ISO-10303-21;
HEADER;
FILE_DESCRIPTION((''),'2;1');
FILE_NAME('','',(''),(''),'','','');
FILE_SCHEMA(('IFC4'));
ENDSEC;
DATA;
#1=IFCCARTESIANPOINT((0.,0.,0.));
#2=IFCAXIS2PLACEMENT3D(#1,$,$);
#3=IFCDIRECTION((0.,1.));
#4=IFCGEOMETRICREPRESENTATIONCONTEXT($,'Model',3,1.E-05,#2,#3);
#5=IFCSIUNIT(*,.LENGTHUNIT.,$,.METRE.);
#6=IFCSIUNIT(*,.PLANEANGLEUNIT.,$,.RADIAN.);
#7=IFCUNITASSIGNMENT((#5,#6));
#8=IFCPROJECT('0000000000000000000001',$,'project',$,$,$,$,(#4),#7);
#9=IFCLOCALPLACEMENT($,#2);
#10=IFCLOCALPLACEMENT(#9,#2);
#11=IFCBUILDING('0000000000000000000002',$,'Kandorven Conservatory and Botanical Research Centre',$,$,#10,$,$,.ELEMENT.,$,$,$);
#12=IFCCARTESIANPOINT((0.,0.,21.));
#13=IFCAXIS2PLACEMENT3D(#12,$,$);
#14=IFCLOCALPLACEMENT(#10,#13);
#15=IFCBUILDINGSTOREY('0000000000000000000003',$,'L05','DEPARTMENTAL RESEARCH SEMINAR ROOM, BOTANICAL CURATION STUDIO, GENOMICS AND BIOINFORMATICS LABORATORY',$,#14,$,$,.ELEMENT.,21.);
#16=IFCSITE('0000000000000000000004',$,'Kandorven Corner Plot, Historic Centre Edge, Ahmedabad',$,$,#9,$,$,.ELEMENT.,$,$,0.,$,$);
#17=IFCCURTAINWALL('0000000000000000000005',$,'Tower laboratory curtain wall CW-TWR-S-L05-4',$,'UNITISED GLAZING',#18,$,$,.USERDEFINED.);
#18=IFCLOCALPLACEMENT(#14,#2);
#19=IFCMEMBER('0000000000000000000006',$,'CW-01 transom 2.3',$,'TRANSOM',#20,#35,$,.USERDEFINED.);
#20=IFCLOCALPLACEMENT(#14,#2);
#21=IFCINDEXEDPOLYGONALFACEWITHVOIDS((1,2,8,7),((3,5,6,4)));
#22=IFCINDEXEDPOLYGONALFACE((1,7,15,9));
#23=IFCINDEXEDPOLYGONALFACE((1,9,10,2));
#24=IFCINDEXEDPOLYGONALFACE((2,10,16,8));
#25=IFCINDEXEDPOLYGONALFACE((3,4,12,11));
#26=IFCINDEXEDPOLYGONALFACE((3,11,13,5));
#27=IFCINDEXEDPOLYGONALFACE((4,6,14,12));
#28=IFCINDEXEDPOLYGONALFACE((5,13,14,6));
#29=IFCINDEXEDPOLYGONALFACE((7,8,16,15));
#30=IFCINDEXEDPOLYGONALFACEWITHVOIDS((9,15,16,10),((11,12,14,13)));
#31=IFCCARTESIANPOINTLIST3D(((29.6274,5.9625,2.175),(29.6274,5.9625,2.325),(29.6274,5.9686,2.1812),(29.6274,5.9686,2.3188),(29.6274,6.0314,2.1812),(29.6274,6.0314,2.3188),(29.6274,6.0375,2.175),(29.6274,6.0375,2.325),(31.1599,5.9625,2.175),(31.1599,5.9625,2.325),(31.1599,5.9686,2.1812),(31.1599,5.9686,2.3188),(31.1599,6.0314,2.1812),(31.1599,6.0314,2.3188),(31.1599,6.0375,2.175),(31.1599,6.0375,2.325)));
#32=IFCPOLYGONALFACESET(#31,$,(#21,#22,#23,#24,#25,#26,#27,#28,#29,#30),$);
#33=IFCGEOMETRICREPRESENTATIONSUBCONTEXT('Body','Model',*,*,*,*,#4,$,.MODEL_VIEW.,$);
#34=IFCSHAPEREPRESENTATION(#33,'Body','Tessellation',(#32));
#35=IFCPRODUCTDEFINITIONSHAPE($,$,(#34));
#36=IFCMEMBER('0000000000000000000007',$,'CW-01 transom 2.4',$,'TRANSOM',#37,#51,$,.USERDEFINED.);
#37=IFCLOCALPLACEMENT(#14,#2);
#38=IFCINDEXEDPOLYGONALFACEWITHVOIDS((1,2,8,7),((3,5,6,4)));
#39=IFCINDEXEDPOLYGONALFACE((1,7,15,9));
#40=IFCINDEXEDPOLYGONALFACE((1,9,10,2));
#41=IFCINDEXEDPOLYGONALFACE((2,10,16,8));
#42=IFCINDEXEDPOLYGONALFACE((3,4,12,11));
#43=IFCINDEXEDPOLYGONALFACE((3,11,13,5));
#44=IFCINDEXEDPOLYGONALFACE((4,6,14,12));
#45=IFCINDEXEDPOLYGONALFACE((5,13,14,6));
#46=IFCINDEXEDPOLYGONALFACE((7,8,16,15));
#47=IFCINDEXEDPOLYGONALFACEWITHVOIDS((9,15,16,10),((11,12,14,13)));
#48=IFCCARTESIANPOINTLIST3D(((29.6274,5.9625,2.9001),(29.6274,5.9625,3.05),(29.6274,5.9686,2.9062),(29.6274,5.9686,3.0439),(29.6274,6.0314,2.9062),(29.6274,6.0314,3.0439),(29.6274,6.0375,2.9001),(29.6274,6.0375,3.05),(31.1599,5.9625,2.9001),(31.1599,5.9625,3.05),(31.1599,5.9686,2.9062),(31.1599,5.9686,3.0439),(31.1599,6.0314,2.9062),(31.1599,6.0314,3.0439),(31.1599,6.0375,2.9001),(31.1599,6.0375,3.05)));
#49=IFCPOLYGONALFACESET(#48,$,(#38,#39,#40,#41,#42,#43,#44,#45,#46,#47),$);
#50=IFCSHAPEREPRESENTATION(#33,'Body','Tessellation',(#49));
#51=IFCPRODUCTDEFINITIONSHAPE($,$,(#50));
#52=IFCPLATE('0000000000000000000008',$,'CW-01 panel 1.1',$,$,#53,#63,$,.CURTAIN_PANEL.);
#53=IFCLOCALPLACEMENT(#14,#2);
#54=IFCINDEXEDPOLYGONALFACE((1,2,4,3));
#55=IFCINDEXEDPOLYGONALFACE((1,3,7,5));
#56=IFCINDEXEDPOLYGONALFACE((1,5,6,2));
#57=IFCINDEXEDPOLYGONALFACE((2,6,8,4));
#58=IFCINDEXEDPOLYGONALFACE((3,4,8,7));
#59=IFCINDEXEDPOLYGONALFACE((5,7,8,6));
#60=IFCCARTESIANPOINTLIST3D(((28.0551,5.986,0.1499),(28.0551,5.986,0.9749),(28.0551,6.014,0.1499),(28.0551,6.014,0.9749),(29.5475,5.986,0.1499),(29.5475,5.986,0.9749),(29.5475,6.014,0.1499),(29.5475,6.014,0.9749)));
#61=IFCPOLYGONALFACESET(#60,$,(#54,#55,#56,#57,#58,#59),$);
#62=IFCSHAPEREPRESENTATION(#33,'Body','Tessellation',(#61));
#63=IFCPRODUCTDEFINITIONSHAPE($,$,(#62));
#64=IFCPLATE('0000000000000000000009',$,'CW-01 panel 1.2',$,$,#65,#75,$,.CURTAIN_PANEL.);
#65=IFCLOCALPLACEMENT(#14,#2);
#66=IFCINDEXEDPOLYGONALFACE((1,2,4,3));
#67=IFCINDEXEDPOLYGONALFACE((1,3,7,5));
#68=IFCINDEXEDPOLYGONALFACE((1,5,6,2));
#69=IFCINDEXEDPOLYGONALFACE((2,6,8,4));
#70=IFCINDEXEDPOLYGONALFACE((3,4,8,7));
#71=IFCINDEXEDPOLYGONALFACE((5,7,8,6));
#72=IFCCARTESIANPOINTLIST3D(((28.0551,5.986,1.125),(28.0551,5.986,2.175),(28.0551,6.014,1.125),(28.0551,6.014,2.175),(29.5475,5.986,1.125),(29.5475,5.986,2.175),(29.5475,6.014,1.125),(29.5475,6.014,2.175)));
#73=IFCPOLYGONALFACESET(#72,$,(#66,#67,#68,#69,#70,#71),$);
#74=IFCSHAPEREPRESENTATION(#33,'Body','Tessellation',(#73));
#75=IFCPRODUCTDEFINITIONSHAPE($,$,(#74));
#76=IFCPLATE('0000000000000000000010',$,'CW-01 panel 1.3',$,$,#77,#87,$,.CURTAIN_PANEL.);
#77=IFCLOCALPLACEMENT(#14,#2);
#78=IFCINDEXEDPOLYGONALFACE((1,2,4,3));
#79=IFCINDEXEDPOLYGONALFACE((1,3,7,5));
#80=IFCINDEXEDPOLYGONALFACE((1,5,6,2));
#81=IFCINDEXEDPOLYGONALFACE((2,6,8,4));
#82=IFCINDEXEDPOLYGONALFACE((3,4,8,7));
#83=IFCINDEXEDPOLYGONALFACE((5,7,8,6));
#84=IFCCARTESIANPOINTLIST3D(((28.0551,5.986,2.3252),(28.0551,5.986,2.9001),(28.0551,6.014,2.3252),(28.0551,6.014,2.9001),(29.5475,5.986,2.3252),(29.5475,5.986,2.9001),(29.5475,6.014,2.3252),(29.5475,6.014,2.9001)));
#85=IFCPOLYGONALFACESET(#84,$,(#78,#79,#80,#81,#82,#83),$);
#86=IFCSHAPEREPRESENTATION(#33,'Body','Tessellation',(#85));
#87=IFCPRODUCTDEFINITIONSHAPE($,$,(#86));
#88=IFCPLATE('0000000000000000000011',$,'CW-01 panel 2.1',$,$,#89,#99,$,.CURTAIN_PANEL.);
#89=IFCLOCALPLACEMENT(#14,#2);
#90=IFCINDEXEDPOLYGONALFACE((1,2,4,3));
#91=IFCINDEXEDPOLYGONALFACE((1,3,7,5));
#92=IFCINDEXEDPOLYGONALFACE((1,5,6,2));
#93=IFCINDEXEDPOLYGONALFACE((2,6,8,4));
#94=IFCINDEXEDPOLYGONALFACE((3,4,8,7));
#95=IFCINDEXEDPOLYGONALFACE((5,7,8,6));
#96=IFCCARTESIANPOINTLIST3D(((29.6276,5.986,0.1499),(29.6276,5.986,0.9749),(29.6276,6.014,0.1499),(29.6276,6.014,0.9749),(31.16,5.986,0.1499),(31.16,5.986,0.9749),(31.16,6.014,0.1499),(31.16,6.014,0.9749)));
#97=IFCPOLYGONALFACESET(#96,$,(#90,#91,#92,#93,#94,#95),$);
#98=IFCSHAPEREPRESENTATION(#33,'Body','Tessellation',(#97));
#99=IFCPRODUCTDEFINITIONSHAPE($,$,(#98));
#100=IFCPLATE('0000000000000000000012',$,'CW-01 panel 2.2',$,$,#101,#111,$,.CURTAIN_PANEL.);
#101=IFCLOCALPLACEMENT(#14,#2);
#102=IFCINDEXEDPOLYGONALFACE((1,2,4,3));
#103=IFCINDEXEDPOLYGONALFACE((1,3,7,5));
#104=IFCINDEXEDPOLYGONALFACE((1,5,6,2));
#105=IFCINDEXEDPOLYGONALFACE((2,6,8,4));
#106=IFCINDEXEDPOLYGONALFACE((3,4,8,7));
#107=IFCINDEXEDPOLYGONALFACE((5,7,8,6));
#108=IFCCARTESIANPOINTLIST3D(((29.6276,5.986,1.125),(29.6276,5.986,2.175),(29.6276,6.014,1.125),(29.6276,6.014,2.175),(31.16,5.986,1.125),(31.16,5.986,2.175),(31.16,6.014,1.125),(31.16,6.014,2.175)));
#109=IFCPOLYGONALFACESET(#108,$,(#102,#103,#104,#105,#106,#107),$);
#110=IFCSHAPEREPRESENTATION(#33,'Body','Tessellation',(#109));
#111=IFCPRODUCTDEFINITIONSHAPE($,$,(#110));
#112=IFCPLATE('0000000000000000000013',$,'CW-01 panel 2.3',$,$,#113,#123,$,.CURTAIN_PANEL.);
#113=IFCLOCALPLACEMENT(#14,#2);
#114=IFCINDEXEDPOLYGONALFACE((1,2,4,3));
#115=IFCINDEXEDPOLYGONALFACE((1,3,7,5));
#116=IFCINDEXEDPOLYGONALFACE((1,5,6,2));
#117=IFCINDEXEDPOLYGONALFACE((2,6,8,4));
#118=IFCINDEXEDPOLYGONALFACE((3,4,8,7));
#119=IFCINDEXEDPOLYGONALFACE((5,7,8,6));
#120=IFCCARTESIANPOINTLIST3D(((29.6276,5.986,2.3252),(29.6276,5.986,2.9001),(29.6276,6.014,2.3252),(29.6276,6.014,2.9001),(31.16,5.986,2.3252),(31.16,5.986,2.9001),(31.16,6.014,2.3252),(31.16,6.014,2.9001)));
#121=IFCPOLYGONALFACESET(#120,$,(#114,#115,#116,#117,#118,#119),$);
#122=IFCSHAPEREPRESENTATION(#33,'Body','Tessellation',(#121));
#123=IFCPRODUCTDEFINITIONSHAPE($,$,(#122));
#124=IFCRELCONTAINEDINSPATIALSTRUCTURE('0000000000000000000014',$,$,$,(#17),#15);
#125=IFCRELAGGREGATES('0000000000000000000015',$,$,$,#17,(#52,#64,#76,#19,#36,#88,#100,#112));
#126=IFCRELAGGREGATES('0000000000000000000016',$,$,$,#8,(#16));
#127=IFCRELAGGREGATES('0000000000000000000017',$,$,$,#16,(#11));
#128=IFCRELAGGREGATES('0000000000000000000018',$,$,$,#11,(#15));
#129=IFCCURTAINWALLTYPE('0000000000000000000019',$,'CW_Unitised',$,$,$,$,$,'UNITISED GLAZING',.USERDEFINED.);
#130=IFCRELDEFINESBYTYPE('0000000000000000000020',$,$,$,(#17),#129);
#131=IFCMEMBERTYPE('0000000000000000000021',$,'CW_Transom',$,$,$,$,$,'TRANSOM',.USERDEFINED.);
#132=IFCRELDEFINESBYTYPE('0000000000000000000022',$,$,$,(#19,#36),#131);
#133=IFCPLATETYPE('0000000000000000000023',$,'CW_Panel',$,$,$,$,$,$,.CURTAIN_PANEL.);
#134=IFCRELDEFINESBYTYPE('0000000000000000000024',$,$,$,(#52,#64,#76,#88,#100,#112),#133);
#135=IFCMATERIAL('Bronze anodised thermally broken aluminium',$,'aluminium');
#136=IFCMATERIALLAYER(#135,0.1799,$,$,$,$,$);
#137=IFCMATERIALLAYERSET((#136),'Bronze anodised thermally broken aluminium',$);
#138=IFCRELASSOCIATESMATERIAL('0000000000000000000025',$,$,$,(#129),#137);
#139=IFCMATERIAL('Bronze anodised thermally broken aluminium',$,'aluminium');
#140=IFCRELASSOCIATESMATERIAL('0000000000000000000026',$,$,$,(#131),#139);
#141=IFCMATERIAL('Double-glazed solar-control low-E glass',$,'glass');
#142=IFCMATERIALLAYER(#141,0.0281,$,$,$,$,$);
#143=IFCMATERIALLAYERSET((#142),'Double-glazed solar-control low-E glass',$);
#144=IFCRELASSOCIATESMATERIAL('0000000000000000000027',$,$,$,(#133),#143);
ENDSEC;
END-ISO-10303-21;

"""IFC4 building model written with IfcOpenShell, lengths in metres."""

from ifc_helpers import new_model, si_unit, direction, frame, origin, origin_2d, place, context, subcontext, project, spatial, rectangle, hollow_rectangle, extrude, material, layer, layer_set, material_profile, profile_set, type_object, element, aggregate, save


model = new_model("IFC4")

# Units and contexts
model_context = context("Model", 3, precision=1e-05, world=origin(), true_north=direction((0.0, 1.0)))
body_context = subcontext(model_context, "Body", "Model", "MODEL_VIEW")
ifc_project = project(units=[si_unit("LENGTHUNIT", "METRE"), si_unit("PLANEANGLEUNIT", "RADIAN")], contexts=[model_context])

# Site, building, storey
site_placement = place(None, origin())
site = spatial("IfcSite", under=ifc_project, at=site_placement, Name="Kandorven Corner Plot, Historic Centre Edge, Ahmedabad", CompositionType="ELEMENT", RefElevation=0.0)
building_placement = place(site_placement, origin())
building = spatial("IfcBuilding", under=site, at=building_placement, Name="Kandorven Conservatory and Botanical Research Centre", CompositionType="ELEMENT")
storey_placement = place(building_placement, frame((0.0, 0.0, 21.0)))
storey = spatial("IfcBuildingStorey", under=building, at=storey_placement, Name="L05", Description="DEPARTMENTAL RESEARCH SEMINAR ROOM, BOTANICAL CURATION STUDIO, GENOMICS AND BIOINFORMATICS LABORATORY", CompositionType="ELEMENT", Elevation=21.0)

# Curtain wall, members, plates
ifc_material_1 = material(Name="Bronze anodised thermally broken aluminium", Category="aluminium")
ifc_layer_1 = layer(ifc_material_1, 0.1799)
ifc_layer_set_1 = layer_set([ifc_layer_1], Name="Bronze anodised thermally broken aluminium")
curtain_wall_type = type_object("IfcCurtainWallType", Name="CW_Unitised", ElementType="UNITISED GLAZING", PredefinedType="USERDEFINED", material=ifc_layer_set_1)
curtain_wall_placement = place(storey_placement, origin())
curtain_wall = element("IfcCurtainWall", 1, at=curtain_wall_placement, inside=storey, type_object=curtain_wall_type, Name="Tower laboratory curtain wall CW-TWR-S-L05-4", ObjectType="UNITISED GLAZING", PredefinedType="USERDEFINED")
ifc_material_2 = material(Name="Bronze anodised thermally broken aluminium", Category="aluminium")
ifc_material_profile_1 = material_profile(ifc_material_2, hollow_rectangle(XDim=0.075, YDim=0.1499, WallThickness=0.0061, at=origin_2d()))
ifc_profile_set_1 = profile_set([ifc_material_profile_1], Name="Bronze anodised thermally broken aluminium")
member_type_1 = type_object("IfcMemberType", Name="CW_Transom", ElementType="TRANSOM", PredefinedType="USERDEFINED", material=ifc_profile_set_1)
member_1_placement = place(storey_placement, frame((29.6274, 6.0, 2.25), z_axis=(1.0, 0.0, 0.0), x_axis=(0.0, 1.0, 0.0)))
member_1 = element("IfcMember", 2, at=member_1_placement, type_object=member_type_1, Name="CW-01 transom 2.3", ObjectType="TRANSOM", PredefinedType="USERDEFINED", context=body_context, shape_type="SweptSolid", body=[
    extrude(hollow_rectangle(XDim=0.075, YDim=0.1499, WallThickness=0.0061, at=origin_2d()), origin(), (0.0, 0.0, 1.0), 1.5325),
])
member_2_placement = place(storey_placement, frame((29.6274, 6.0, 2.9751), z_axis=(1.0, 0.0, 0.0), x_axis=(0.0, 1.0, 0.0)))
member_2 = element("IfcMember", 3, at=member_2_placement, type_object=member_type_1, Name="CW-01 transom 2.4", ObjectType="TRANSOM", PredefinedType="USERDEFINED", context=body_context, shape_type="SweptSolid", body=[
    extrude(hollow_rectangle(XDim=0.075, YDim=0.1499, WallThickness=0.0061, at=origin_2d()), origin(), (0.0, 0.0, 1.0), 1.5325),
])
ifc_material_3 = material(Name="Double-glazed solar-control low-E glass", Category="glass")
ifc_layer_2 = layer(ifc_material_3, 0.0281)
ifc_layer_set_2 = layer_set([ifc_layer_2], Name="Double-glazed solar-control low-E glass")
plate_type = type_object("IfcPlateType", Name="CW_Panel", PredefinedType="CURTAIN_PANEL", material=ifc_layer_set_2)
plate_1_placement = place(storey_placement, frame((28.8013, 6.0, 0.1499), z_axis=(0.0, 0.0, 1.0), x_axis=(1.0, 0.0, 0.0)))
plate_1 = element("IfcPlate", 4, at=plate_1_placement, type_object=plate_type, Name="CW-01 panel 1.1", PredefinedType="CURTAIN_PANEL", context=body_context, shape_type="SweptSolid", body=[
    extrude(rectangle(XDim=1.4924, YDim=0.0281, at=origin_2d()), origin(), (0.0, 0.0, 1.0), 0.825),
])
plate_2_placement = place(storey_placement, frame((28.8013, 6.0, 1.125), z_axis=(0.0, 0.0, 1.0), x_axis=(1.0, 0.0, 0.0)))
plate_2 = element("IfcPlate", 5, at=plate_2_placement, type_object=plate_type, Name="CW-01 panel 1.2", PredefinedType="CURTAIN_PANEL", context=body_context, shape_type="SweptSolid", body=[
    extrude(rectangle(XDim=1.4924, YDim=0.0281, at=origin_2d()), origin(), (0.0, 0.0, 1.0), 1.05),
])
plate_3_placement = place(storey_placement, frame((28.8013, 6.0, 2.3252), z_axis=(0.0, 0.0, 1.0), x_axis=(1.0, 0.0, 0.0)))
plate_3 = element("IfcPlate", 6, at=plate_3_placement, type_object=plate_type, Name="CW-01 panel 1.3", PredefinedType="CURTAIN_PANEL", context=body_context, shape_type="SweptSolid", body=[
    extrude(rectangle(XDim=1.4924, YDim=0.0281, at=origin_2d()), origin(), (0.0, 0.0, 1.0), 0.575),
])
plate_4_placement = place(storey_placement, frame((30.3938, 6.0, 0.1499), z_axis=(0.0, 0.0, 1.0), x_axis=(1.0, 0.0, 0.0)))
plate_4 = element("IfcPlate", 7, at=plate_4_placement, type_object=plate_type, Name="CW-01 panel 2.1", PredefinedType="CURTAIN_PANEL", context=body_context, shape_type="SweptSolid", body=[
    extrude(rectangle(XDim=1.5325, YDim=0.0281, at=origin_2d()), origin(), (0.0, 0.0, 1.0), 0.825),
])
plate_5_placement = place(storey_placement, frame((30.3938, 6.0, 1.125), z_axis=(0.0, 0.0, 1.0), x_axis=(1.0, 0.0, 0.0)))
plate_5 = element("IfcPlate", 8, at=plate_5_placement, type_object=plate_type, Name="CW-01 panel 2.2", PredefinedType="CURTAIN_PANEL", context=body_context, shape_type="SweptSolid", body=[
    extrude(rectangle(XDim=1.5325, YDim=0.0281, at=origin_2d()), origin(), (0.0, 0.0, 1.0), 1.05),
])
plate_6_placement = place(storey_placement, frame((30.3938, 6.0, 2.3252), z_axis=(0.0, 0.0, 1.0), x_axis=(1.0, 0.0, 0.0)))
plate_6 = element("IfcPlate", 9, at=plate_6_placement, type_object=plate_type, Name="CW-01 panel 2.3", PredefinedType="CURTAIN_PANEL", context=body_context, shape_type="SweptSolid", body=[
    extrude(rectangle(XDim=1.5325, YDim=0.0281, at=origin_2d()), origin(), (0.0, 0.0, 1.0), 0.575),
])
aggregate(curtain_wall, [plate_1, plate_2, plate_3, member_1, member_2, plate_4, plate_5, plate_6])

save(model, "model.ifc")
